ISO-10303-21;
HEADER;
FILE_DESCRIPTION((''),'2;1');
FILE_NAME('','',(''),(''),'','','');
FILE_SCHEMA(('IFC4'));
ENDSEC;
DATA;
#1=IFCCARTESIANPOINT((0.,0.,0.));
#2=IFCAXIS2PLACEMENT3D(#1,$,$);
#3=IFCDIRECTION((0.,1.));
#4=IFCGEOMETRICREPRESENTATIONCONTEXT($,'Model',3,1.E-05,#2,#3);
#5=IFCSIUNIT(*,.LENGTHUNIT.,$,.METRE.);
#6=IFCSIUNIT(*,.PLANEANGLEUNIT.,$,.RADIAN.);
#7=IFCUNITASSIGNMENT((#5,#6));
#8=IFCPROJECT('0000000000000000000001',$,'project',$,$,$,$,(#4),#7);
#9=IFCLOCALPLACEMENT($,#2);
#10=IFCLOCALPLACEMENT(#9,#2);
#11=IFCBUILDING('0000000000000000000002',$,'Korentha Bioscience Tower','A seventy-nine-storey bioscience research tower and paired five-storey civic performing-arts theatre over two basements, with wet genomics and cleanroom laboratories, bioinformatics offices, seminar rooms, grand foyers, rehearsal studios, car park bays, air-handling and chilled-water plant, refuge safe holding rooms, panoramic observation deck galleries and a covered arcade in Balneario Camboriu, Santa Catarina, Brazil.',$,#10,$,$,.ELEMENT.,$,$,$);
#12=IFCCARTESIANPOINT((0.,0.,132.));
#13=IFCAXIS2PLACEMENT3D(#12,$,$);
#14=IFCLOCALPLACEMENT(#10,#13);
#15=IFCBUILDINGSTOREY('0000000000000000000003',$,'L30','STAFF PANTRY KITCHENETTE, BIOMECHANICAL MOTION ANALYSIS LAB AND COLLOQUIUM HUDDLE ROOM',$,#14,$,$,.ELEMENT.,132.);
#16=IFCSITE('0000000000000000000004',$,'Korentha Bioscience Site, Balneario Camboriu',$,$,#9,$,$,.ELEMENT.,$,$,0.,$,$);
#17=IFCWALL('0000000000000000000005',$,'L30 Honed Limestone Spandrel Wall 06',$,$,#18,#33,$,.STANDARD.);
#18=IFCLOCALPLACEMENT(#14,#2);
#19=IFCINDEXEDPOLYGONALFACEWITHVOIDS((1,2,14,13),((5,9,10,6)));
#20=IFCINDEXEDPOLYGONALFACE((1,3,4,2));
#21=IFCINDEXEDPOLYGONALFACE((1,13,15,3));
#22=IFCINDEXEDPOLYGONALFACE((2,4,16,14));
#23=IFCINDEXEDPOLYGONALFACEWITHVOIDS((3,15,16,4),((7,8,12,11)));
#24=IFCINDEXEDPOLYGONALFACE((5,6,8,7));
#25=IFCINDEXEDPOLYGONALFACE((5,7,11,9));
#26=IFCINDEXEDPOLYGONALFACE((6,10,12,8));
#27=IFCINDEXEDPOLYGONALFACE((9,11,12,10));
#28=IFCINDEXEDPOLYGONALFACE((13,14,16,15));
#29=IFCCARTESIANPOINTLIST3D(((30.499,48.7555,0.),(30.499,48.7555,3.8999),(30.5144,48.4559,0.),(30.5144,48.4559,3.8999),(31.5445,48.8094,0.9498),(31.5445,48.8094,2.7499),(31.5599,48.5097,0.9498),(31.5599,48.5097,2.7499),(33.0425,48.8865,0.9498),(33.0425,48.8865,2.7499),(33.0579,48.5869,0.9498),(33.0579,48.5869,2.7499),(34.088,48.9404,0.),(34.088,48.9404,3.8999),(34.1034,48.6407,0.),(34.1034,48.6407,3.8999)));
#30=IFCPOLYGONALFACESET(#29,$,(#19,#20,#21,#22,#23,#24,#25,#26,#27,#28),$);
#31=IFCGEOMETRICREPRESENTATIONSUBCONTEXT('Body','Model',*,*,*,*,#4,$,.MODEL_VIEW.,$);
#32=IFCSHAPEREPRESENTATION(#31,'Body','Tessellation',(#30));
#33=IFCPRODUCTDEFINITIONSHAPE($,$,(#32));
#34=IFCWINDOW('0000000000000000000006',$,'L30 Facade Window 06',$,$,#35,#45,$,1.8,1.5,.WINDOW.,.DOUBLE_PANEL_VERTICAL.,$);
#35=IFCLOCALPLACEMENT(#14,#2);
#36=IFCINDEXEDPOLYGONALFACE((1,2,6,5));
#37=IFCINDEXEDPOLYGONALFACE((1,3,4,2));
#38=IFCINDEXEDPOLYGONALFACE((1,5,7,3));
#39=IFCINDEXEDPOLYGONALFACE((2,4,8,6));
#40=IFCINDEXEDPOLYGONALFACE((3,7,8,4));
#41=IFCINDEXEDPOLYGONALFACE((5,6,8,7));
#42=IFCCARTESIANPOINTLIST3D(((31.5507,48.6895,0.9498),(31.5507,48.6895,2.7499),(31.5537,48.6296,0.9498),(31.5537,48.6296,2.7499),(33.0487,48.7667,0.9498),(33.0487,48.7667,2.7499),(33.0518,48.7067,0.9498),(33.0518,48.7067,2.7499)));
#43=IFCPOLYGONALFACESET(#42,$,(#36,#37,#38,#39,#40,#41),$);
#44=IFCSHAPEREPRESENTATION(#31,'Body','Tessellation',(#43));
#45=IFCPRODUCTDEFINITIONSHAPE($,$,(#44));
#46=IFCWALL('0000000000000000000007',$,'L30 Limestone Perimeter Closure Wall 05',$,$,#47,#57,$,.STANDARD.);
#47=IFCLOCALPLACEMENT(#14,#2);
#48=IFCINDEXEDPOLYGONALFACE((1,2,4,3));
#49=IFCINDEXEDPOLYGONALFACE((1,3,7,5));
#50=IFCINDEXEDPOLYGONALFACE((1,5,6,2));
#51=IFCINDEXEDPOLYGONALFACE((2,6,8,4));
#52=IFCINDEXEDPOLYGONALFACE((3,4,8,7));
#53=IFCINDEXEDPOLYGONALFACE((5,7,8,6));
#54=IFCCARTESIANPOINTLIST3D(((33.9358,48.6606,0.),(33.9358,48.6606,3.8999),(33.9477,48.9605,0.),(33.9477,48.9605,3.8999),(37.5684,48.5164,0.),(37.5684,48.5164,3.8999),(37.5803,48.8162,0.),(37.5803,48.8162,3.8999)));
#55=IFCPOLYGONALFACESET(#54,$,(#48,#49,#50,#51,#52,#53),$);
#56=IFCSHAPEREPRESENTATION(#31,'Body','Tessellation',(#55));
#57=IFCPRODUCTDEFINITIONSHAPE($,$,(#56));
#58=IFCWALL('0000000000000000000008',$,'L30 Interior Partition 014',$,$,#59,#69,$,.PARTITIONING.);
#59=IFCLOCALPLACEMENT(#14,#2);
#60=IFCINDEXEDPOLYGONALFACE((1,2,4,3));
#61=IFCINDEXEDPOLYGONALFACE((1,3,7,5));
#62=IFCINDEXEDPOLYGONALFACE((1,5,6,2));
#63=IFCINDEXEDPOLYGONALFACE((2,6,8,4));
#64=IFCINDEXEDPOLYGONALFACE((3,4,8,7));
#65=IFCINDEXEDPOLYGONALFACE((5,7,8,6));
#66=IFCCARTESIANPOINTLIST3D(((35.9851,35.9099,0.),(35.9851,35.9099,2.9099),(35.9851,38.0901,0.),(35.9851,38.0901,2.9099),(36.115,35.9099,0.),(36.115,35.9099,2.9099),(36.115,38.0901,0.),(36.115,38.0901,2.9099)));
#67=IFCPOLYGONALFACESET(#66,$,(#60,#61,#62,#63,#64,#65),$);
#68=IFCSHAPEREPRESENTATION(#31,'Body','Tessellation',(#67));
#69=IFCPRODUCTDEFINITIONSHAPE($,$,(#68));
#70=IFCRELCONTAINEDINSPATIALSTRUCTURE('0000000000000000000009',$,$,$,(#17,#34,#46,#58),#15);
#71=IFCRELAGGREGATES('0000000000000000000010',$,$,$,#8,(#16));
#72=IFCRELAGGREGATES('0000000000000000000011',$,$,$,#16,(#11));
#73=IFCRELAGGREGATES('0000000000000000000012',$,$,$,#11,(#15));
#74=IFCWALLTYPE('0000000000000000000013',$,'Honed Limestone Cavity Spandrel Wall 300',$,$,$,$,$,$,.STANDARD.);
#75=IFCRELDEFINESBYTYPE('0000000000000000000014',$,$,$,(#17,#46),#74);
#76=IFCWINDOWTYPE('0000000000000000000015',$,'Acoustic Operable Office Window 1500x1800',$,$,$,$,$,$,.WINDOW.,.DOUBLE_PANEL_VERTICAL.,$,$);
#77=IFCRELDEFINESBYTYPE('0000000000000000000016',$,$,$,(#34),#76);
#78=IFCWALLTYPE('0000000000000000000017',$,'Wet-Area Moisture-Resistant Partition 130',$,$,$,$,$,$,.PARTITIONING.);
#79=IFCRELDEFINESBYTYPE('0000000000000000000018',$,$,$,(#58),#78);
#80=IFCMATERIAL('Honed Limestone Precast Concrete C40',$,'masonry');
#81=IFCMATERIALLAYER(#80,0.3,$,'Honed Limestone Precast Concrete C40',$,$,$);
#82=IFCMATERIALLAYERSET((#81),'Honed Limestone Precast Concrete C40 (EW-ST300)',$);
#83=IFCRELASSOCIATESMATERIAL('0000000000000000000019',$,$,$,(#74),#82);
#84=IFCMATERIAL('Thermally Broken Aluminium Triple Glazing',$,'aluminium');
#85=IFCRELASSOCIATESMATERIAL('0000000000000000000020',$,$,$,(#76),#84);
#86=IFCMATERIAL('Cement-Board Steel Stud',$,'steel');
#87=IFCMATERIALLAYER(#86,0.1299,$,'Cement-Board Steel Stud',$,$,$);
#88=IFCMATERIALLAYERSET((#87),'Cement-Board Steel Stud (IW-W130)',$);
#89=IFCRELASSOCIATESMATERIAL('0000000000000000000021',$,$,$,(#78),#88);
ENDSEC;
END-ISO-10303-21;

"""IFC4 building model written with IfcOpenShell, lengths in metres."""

from ifc_helpers import new_model, si_unit, direction, frame, frame_2d, origin, place, context, subcontext, project, spatial, rectangle, extrude, material, layer, layer_set, type_object, element, fill, save


model = new_model("IFC4")

# Units and contexts
model_context = context("Model", 3, precision=1e-05, world=origin(), true_north=direction((0.0, 1.0)))
body_context = subcontext(model_context, "Body", "Model", "MODEL_VIEW")
ifc_project = project(units=[si_unit("LENGTHUNIT", "METRE"), si_unit("PLANEANGLEUNIT", "RADIAN")], contexts=[model_context])

# Site, building, storey
site_placement = place(None, origin())
site = spatial("IfcSite", under=ifc_project, at=site_placement, Name="Korentha Bioscience Site, Balneario Camboriu", CompositionType="ELEMENT", RefElevation=0.0)
building_placement = place(site_placement, origin())
building = spatial("IfcBuilding", under=site, at=building_placement, Name="Korentha Bioscience Tower", Description="A seventy-nine-storey bioscience research tower and paired five-storey civic performing-arts theatre over two basements, with wet genomics and cleanroom laboratories, bioinformatics offices, seminar rooms, grand foyers, rehearsal studios, car park bays, air-handling and chilled-water plant, refuge safe holding rooms, panoramic observation deck galleries and a covered arcade in Balneario Camboriu, Santa Catarina, Brazil.", CompositionType="ELEMENT")
storey_placement = place(building_placement, frame((0.0, 0.0, 132.0)))
storey = spatial("IfcBuildingStorey", under=building, at=storey_placement, Name="L30", Description="STAFF PANTRY KITCHENETTE, BIOMECHANICAL MOTION ANALYSIS LAB AND COLLOQUIUM HUDDLE ROOM", CompositionType="ELEMENT", Elevation=132.0)

# Shared definitions
ifc_material_1 = material(Name="Honed Limestone Precast Concrete C40", Category="masonry")
ifc_layer_1 = layer(ifc_material_1, 0.3, Name="Honed Limestone Precast Concrete C40")
ifc_layer_set_1 = layer_set([ifc_layer_1], Name="Honed Limestone Precast Concrete C40 (EW-ST300)")
wall_type_1 = type_object("IfcWallType", Name="Honed Limestone Cavity Spandrel Wall 300", PredefinedType="STANDARD", material=ifc_layer_set_1)

# Wall, opening, window
wall_1_placement = place(storey_placement, frame((34.0957, 48.7905, 0.0), z_axis=(0.0, 0.0, 1.0), x_axis=(-0.998677, -0.051425, 0.0)))
wall_1 = element("IfcWall", 1, at=wall_1_placement, inside=storey, type_object=wall_type_1, Name="L30 Honed Limestone Spandrel Wall 06", PredefinedType="STANDARD", context=body_context, shape_type="SweptSolid", body=[
    extrude(rectangle(XDim=3.5938, YDim=0.3, at=frame_2d((1.7969, 0.0))), origin(), (0.0, 0.0, 1.0), 3.8999),
])
opening_1_placement = place(wall_1_placement, frame((1.0469, 0.0, 0.95)))
opening_1 = element("IfcOpeningElement", 2, at=opening_1_placement, cuts=wall_1, PredefinedType="OPENING", context=body_context, shape_type="SweptSolid", body=[
    extrude(rectangle(XDim=1.5, YDim=1.8, at=frame_2d((0.75, 0.8999))), frame((0.0, 0.165, 0.0), z_axis=(0.0, -1.0, 0.0), x_axis=(1.0, 0.0, 0.0)), (0.0, 0.0, 1.0), 0.3298),
])
ifc_material_2 = material(Name="Thermally Broken Aluminium Triple Glazing", Category="aluminium")
window_type = type_object("IfcWindowType", Name="Acoustic Operable Office Window 1500x1800", PartitioningType="DOUBLE_PANEL_VERTICAL", PredefinedType="WINDOW", material=ifc_material_2)
window_placement = place(opening_1_placement, origin())
window = element("IfcWindow", 3, at=window_placement, inside=storey, type_object=window_type, Name="L30 Facade Window 06", OverallHeight=1.8, OverallWidth=1.5, PartitioningType="DOUBLE_PANEL_VERTICAL", PredefinedType="WINDOW", context=body_context, shape_type="SweptSolid", body=[
    extrude(rectangle(XDim=1.5, YDim=1.8, at=frame_2d((0.75, 0.8999))), frame((0.0, 0.03, 0.0), z_axis=(0.0, -1.0, 0.0), x_axis=(1.0, 0.0, 0.0)), (0.0, 0.0, 1.0), 0.0601),
])
fill(opening_1, window)

# Wall
wall_2_placement = place(storey_placement, frame((37.5745, 48.6663, 0.0), z_axis=(0.0, 0.0, 1.0), x_axis=(-0.999212, 0.039689, 0.0)))
element("IfcWall", 4, at=wall_2_placement, inside=storey, type_object=wall_type_1, Name="L30 Limestone Perimeter Closure Wall 05", PredefinedType="STANDARD", context=body_context, shape_type="SweptSolid", body=[
    extrude(rectangle(XDim=3.6355, YDim=0.3, at=frame_2d((1.8179, 0.0))), origin(), (0.0, 0.0, 1.0), 3.8999),
])

# Shared definitions
ifc_material_3 = material(Name="Cement-Board Steel Stud", Category="steel")
ifc_layer_2 = layer(ifc_material_3, 0.1299, Name="Cement-Board Steel Stud")
ifc_layer_set_2 = layer_set([ifc_layer_2], Name="Cement-Board Steel Stud (IW-W130)")
wall_type_2 = type_object("IfcWallType", Name="Wet-Area Moisture-Resistant Partition 130", PredefinedType="PARTITIONING", material=ifc_layer_set_2)

# Wall
wall_3_placement = place(storey_placement, frame((36.05, 38.0901, 0.0), z_axis=(0.0, 0.0, 1.0), x_axis=(0.0, -1.0, 0.0)))
element("IfcWall", 5, at=wall_3_placement, inside=storey, type_object=wall_type_2, Name="L30 Interior Partition 014", PredefinedType="PARTITIONING", context=body_context, shape_type="SweptSolid", body=[
    extrude(rectangle(XDim=2.1802, YDim=0.1299, at=frame_2d((1.0901, 0.0))), origin(), (0.0, 0.0, 1.0), 2.9099),
])

save(model, "model.ifc")
